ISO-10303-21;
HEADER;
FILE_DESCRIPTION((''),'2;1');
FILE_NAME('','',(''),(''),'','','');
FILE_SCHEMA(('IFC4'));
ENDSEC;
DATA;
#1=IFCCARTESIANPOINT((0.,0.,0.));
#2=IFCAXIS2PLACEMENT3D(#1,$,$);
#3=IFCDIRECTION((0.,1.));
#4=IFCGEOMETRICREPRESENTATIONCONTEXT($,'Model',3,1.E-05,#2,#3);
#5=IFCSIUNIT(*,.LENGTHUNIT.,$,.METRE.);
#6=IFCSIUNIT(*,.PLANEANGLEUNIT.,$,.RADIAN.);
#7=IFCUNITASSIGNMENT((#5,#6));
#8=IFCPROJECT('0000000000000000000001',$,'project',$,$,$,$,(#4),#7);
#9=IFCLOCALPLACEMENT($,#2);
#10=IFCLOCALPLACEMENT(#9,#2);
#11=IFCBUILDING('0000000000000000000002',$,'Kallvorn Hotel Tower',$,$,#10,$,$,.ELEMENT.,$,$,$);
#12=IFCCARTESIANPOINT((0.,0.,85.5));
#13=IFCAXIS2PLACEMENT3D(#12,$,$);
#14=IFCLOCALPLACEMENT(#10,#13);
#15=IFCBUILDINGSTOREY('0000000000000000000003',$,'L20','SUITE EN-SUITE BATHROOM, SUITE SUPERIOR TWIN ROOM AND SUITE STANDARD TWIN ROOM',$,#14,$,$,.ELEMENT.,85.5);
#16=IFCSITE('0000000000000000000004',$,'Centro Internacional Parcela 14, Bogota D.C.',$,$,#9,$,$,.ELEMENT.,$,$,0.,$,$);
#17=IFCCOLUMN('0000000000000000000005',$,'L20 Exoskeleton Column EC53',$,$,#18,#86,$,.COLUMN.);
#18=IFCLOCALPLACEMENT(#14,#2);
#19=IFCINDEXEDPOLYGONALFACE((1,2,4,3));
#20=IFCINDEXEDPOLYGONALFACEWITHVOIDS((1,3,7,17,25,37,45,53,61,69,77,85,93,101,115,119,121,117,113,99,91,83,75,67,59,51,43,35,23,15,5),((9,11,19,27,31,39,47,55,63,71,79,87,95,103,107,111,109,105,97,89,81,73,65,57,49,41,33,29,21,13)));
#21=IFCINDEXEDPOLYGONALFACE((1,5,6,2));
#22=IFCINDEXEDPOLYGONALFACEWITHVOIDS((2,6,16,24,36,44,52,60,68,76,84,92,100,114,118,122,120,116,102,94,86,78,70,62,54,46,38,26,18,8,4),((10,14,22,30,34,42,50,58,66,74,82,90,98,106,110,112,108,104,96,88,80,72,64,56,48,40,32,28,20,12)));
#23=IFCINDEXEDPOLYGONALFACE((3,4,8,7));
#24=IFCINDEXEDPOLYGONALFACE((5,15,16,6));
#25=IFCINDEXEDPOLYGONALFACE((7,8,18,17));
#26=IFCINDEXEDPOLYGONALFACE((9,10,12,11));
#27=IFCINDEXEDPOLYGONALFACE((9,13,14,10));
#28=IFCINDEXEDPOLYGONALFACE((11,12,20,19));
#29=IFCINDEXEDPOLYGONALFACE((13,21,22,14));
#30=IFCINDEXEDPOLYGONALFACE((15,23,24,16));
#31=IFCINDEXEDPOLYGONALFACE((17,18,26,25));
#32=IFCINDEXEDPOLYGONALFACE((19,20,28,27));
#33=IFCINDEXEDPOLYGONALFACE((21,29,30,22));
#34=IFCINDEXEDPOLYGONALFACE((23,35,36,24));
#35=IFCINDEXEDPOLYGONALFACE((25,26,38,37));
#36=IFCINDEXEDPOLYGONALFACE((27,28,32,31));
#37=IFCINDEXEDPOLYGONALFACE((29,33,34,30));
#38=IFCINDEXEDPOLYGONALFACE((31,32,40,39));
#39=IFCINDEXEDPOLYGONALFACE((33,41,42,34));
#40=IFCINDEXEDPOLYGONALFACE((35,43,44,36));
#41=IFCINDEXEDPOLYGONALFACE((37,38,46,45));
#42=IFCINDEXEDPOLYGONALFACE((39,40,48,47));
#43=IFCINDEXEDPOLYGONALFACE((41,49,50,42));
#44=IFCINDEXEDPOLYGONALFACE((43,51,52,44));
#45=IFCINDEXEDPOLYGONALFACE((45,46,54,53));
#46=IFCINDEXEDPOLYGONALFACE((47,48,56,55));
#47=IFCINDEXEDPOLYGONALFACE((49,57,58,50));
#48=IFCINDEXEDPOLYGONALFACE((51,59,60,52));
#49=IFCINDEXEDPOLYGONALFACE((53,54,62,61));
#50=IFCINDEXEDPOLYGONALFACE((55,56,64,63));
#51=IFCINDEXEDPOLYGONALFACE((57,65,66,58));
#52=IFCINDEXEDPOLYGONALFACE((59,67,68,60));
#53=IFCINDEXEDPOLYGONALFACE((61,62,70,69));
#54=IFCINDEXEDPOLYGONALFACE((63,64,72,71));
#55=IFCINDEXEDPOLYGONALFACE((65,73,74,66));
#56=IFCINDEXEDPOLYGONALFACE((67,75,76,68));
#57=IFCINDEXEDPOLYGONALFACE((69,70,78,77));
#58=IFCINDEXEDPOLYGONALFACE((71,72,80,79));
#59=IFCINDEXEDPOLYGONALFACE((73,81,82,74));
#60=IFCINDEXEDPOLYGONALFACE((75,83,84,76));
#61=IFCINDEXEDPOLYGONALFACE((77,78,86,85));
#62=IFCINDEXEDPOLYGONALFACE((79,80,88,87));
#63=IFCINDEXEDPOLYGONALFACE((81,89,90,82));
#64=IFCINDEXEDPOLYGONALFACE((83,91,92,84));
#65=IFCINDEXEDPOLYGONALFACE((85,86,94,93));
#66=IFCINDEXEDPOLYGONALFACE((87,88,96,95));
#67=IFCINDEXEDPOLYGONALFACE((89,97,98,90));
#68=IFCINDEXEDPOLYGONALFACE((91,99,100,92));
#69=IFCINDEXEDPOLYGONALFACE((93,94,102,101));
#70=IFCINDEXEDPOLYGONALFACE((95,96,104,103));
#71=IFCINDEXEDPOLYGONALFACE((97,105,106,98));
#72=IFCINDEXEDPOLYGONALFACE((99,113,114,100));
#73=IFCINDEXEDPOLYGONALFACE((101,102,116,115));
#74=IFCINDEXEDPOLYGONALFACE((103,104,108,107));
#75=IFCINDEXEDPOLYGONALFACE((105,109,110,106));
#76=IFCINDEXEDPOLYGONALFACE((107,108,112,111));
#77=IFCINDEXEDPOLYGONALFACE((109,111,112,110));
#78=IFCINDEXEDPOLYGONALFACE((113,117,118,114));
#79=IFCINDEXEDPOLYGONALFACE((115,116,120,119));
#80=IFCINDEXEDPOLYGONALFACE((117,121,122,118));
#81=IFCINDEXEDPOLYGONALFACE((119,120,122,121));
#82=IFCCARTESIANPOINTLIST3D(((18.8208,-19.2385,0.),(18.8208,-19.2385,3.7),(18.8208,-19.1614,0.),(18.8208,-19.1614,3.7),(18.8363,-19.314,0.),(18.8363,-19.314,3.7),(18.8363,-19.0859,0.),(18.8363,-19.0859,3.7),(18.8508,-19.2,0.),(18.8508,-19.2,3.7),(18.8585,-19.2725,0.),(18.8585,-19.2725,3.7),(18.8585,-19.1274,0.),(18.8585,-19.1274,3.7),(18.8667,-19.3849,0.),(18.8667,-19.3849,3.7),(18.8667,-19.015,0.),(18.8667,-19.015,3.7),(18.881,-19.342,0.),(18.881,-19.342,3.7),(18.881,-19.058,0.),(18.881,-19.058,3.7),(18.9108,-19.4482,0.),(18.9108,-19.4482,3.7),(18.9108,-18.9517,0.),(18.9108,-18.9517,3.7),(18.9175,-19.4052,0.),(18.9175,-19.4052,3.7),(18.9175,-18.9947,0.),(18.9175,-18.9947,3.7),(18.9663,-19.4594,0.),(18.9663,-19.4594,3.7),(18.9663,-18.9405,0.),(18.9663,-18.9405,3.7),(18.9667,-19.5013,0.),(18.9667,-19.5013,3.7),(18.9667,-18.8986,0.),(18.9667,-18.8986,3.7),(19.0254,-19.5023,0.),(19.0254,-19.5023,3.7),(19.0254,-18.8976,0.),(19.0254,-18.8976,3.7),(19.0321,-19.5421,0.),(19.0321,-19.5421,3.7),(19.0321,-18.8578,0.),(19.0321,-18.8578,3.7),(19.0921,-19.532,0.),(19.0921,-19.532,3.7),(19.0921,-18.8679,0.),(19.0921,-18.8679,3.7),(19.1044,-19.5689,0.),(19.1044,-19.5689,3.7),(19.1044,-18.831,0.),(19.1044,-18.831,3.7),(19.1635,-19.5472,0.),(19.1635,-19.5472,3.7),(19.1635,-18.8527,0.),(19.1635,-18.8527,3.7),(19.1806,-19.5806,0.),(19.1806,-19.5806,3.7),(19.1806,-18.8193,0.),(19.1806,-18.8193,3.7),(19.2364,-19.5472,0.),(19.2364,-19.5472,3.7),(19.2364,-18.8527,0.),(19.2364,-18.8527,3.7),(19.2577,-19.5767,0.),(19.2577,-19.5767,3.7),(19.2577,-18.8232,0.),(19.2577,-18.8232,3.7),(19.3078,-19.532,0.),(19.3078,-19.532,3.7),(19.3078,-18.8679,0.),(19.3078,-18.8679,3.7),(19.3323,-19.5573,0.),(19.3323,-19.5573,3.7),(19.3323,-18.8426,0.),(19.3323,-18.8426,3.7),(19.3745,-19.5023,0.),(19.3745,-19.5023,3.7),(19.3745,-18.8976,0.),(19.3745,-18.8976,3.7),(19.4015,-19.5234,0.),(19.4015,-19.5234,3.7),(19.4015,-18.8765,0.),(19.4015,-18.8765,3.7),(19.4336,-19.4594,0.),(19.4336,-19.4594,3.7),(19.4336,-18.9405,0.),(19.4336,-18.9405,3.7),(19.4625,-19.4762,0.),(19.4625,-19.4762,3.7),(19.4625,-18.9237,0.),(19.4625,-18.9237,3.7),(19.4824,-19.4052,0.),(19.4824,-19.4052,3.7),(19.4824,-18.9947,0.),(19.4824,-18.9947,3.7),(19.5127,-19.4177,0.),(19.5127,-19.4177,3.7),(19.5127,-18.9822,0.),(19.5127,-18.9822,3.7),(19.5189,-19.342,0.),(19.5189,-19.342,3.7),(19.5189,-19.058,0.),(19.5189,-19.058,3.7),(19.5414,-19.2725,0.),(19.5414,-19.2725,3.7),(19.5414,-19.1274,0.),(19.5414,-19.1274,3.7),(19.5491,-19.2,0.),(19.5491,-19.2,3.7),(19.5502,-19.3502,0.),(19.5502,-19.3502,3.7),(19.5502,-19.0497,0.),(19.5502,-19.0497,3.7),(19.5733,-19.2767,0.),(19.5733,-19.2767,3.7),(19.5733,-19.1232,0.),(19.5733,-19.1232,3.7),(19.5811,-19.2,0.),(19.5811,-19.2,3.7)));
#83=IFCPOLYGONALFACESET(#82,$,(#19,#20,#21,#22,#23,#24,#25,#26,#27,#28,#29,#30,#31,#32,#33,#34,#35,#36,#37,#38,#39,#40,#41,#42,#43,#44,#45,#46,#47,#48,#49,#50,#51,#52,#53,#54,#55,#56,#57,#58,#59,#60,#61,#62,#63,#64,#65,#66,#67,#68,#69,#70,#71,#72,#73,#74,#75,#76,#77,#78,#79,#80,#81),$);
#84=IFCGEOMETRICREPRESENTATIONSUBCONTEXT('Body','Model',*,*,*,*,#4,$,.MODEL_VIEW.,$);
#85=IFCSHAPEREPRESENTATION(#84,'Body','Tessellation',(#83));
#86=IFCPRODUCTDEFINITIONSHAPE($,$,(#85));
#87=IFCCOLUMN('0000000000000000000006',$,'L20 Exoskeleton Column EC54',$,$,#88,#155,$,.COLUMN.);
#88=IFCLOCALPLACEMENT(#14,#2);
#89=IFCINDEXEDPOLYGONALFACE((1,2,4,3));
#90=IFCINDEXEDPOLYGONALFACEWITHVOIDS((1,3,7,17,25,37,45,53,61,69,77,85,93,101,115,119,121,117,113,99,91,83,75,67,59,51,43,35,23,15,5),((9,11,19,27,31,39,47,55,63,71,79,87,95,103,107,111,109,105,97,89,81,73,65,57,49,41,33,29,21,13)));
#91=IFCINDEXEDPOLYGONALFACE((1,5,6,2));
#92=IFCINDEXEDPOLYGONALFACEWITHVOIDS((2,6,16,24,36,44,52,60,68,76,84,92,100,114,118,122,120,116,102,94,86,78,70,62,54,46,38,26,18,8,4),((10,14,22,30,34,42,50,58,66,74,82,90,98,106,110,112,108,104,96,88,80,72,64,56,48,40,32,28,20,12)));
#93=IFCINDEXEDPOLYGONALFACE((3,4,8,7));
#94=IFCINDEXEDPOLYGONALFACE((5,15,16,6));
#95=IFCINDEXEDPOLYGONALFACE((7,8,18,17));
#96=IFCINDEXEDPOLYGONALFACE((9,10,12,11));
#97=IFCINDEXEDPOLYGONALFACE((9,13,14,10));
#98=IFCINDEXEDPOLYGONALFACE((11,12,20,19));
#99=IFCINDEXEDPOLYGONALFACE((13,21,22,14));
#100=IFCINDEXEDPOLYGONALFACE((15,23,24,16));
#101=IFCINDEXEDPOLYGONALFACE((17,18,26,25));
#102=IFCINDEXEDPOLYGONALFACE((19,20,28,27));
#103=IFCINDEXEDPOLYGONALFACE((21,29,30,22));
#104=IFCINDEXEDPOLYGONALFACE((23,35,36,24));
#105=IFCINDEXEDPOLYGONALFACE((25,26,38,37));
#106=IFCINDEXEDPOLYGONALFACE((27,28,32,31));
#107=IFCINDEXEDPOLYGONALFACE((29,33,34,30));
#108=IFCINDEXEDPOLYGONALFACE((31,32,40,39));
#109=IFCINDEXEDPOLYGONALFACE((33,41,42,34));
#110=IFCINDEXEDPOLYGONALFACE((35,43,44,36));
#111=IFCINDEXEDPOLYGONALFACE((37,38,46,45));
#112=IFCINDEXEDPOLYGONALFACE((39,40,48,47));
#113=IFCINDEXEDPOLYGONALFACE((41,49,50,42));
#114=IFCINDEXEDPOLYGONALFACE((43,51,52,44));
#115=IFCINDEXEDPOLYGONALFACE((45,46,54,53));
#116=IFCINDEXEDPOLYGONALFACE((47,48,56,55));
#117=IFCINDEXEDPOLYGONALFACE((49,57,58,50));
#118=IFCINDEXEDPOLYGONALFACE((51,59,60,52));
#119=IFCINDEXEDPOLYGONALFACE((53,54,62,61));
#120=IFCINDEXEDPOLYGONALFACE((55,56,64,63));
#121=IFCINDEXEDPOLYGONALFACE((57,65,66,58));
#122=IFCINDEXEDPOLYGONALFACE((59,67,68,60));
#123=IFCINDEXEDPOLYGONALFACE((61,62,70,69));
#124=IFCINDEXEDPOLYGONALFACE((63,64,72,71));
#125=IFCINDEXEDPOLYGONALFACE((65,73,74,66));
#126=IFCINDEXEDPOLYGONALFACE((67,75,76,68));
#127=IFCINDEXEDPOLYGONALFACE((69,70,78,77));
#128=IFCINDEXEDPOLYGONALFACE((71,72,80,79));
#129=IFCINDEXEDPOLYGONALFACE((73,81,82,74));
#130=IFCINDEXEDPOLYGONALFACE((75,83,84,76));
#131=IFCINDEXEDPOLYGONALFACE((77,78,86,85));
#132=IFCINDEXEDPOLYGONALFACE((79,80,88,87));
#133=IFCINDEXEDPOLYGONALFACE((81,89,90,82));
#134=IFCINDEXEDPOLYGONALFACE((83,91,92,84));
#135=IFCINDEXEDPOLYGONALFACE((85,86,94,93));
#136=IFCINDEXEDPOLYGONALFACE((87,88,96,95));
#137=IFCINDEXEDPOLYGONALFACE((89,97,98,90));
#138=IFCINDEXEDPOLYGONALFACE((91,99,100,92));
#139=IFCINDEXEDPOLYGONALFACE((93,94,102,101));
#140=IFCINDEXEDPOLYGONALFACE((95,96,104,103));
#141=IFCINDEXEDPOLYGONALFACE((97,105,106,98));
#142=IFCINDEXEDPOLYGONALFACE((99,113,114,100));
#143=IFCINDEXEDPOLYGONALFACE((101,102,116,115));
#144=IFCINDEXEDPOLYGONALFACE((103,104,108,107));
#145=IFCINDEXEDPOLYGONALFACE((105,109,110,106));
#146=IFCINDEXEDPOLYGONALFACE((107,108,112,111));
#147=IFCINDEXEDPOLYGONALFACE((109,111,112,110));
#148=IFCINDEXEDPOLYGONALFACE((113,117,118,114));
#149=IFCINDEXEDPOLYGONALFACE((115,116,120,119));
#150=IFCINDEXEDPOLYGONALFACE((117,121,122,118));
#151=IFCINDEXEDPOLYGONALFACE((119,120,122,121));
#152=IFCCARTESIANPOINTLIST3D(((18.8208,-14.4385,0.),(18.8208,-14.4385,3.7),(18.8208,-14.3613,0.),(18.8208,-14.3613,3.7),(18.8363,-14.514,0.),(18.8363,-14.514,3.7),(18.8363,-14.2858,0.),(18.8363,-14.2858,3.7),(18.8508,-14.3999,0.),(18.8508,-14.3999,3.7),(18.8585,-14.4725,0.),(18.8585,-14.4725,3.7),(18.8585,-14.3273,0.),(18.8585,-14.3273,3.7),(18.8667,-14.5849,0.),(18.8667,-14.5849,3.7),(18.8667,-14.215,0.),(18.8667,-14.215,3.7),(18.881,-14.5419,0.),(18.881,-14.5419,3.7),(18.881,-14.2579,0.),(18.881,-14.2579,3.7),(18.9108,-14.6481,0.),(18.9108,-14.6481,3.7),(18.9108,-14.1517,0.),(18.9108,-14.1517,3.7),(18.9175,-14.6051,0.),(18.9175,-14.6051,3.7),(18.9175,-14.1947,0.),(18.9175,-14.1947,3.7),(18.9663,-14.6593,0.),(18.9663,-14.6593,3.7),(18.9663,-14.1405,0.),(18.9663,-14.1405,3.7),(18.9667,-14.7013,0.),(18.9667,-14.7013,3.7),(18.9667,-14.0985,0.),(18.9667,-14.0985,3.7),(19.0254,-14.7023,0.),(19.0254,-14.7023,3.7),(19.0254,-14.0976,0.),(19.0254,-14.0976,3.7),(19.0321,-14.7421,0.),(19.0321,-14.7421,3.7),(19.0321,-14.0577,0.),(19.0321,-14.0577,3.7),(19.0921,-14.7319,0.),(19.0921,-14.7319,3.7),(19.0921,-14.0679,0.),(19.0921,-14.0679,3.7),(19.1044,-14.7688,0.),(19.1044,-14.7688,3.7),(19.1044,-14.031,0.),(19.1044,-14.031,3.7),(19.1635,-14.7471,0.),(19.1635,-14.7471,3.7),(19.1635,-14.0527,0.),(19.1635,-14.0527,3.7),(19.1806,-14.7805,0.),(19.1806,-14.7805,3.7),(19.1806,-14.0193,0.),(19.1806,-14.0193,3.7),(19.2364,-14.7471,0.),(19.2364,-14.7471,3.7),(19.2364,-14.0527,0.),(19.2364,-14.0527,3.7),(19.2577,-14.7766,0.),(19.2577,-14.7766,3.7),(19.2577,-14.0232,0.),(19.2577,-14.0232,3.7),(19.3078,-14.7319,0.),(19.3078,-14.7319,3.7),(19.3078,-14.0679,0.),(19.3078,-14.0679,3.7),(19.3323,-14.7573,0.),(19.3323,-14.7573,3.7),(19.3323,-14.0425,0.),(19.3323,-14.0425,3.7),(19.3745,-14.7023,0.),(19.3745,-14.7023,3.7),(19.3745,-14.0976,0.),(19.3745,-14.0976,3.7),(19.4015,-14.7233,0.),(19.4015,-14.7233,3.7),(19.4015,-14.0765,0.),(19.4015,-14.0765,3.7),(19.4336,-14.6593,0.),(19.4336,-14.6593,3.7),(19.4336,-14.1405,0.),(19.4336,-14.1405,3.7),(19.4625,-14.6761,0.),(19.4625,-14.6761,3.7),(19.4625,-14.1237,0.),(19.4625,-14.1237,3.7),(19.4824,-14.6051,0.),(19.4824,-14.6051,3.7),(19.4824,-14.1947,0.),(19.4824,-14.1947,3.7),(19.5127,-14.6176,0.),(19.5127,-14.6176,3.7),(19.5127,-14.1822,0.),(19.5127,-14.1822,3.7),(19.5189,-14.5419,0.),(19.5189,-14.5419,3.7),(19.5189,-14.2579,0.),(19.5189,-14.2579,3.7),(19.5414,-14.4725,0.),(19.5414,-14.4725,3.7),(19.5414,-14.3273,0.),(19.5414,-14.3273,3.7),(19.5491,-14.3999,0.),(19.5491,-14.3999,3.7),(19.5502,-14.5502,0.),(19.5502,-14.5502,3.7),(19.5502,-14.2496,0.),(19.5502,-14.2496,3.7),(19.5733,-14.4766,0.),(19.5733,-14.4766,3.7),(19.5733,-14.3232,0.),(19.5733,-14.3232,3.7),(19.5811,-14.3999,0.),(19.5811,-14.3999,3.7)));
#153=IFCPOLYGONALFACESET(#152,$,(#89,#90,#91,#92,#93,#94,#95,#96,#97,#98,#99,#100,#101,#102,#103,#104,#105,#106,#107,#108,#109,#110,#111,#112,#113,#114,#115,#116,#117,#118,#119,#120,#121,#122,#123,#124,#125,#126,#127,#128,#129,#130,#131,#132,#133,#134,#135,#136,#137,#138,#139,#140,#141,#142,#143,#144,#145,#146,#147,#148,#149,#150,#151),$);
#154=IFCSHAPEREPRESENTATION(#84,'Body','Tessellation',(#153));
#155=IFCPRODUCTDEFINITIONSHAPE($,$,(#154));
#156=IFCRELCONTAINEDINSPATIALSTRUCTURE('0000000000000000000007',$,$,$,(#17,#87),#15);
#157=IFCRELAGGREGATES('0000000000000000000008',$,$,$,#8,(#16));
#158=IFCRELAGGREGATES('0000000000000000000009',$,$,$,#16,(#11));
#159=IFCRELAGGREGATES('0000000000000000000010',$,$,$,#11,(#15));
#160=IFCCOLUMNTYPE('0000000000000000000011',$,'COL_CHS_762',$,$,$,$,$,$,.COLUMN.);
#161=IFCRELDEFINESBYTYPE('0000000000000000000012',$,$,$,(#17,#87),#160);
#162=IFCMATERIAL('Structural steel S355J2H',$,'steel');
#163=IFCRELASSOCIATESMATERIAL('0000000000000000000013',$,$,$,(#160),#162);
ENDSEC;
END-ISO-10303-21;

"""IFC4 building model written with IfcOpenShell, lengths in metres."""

from ifc_helpers import new_model, si_unit, direction, frame, origin, origin_2d, place, context, subcontext, project, spatial, hollow_circle, extrude, material, material_profile, profile_set, type_object, element, save


model = new_model("IFC4")

# Units and contexts
model_context = context("Model", 3, precision=1e-05, world=origin(), true_north=direction((0.0, 1.0)))
body_context = subcontext(model_context, "Body", "Model", "MODEL_VIEW")
ifc_project = project(units=[si_unit("LENGTHUNIT", "METRE"), si_unit("PLANEANGLEUNIT", "RADIAN")], contexts=[model_context])

# Site, building, storey
site_placement = place(None, origin())
site = spatial("IfcSite", under=ifc_project, at=site_placement, Name="Centro Internacional Parcela 14, Bogota D.C.", CompositionType="ELEMENT", RefElevation=0.0)
building_placement = place(site_placement, origin())
building = spatial("IfcBuilding", under=site, at=building_placement, Name="Kallvorn Hotel Tower", CompositionType="ELEMENT")
storey_placement = place(building_placement, frame((0.0, 0.0, 85.5)))
storey = spatial("IfcBuildingStorey", under=building, at=storey_placement, Name="L20", Description="SUITE EN-SUITE BATHROOM, SUITE SUPERIOR TWIN ROOM AND SUITE STANDARD TWIN ROOM", CompositionType="ELEMENT", Elevation=85.5)

# Columns
ifc_material_1 = material(Name="Structural steel S355J2H", Category="steel")
ifc_material_profile_1 = material_profile(ifc_material_1, hollow_circle(Radius=0.3811, WallThickness=0.032, at=origin_2d()), Name="CHS 762x32")
ifc_profile_set_1 = profile_set([ifc_material_profile_1], Name="Structural steel S355J2H")
column_type = type_object("IfcColumnType", Name="COL_CHS_762", PredefinedType="COLUMN", material=ifc_profile_set_1)
for number, where, z_axis, x_axis, name in (
    (1, (19.2, -19.2, 0.0), (0.0, 0.0, 1.0), (1.0, 0.0, 0.0), "L20 Exoskeleton Column EC53"),
    (2, (19.2, -14.3999, 0.0), (0.0, 0.0, 1.0), (1.0, 0.0, 0.0), "L20 Exoskeleton Column EC54"),
):
    element("IfcColumn", number, at=place(storey_placement, frame(where, z_axis=z_axis, x_axis=x_axis)), inside=storey, type_object=column_type, Name=name, PredefinedType="COLUMN", context=body_context, shape_type="SweptSolid", body=[
        extrude(hollow_circle(Radius=0.3811, WallThickness=0.032, at=origin_2d()), origin(), (0.0, 0.0, 1.0), 3.7),
    ])

save(model, "model.ifc")
